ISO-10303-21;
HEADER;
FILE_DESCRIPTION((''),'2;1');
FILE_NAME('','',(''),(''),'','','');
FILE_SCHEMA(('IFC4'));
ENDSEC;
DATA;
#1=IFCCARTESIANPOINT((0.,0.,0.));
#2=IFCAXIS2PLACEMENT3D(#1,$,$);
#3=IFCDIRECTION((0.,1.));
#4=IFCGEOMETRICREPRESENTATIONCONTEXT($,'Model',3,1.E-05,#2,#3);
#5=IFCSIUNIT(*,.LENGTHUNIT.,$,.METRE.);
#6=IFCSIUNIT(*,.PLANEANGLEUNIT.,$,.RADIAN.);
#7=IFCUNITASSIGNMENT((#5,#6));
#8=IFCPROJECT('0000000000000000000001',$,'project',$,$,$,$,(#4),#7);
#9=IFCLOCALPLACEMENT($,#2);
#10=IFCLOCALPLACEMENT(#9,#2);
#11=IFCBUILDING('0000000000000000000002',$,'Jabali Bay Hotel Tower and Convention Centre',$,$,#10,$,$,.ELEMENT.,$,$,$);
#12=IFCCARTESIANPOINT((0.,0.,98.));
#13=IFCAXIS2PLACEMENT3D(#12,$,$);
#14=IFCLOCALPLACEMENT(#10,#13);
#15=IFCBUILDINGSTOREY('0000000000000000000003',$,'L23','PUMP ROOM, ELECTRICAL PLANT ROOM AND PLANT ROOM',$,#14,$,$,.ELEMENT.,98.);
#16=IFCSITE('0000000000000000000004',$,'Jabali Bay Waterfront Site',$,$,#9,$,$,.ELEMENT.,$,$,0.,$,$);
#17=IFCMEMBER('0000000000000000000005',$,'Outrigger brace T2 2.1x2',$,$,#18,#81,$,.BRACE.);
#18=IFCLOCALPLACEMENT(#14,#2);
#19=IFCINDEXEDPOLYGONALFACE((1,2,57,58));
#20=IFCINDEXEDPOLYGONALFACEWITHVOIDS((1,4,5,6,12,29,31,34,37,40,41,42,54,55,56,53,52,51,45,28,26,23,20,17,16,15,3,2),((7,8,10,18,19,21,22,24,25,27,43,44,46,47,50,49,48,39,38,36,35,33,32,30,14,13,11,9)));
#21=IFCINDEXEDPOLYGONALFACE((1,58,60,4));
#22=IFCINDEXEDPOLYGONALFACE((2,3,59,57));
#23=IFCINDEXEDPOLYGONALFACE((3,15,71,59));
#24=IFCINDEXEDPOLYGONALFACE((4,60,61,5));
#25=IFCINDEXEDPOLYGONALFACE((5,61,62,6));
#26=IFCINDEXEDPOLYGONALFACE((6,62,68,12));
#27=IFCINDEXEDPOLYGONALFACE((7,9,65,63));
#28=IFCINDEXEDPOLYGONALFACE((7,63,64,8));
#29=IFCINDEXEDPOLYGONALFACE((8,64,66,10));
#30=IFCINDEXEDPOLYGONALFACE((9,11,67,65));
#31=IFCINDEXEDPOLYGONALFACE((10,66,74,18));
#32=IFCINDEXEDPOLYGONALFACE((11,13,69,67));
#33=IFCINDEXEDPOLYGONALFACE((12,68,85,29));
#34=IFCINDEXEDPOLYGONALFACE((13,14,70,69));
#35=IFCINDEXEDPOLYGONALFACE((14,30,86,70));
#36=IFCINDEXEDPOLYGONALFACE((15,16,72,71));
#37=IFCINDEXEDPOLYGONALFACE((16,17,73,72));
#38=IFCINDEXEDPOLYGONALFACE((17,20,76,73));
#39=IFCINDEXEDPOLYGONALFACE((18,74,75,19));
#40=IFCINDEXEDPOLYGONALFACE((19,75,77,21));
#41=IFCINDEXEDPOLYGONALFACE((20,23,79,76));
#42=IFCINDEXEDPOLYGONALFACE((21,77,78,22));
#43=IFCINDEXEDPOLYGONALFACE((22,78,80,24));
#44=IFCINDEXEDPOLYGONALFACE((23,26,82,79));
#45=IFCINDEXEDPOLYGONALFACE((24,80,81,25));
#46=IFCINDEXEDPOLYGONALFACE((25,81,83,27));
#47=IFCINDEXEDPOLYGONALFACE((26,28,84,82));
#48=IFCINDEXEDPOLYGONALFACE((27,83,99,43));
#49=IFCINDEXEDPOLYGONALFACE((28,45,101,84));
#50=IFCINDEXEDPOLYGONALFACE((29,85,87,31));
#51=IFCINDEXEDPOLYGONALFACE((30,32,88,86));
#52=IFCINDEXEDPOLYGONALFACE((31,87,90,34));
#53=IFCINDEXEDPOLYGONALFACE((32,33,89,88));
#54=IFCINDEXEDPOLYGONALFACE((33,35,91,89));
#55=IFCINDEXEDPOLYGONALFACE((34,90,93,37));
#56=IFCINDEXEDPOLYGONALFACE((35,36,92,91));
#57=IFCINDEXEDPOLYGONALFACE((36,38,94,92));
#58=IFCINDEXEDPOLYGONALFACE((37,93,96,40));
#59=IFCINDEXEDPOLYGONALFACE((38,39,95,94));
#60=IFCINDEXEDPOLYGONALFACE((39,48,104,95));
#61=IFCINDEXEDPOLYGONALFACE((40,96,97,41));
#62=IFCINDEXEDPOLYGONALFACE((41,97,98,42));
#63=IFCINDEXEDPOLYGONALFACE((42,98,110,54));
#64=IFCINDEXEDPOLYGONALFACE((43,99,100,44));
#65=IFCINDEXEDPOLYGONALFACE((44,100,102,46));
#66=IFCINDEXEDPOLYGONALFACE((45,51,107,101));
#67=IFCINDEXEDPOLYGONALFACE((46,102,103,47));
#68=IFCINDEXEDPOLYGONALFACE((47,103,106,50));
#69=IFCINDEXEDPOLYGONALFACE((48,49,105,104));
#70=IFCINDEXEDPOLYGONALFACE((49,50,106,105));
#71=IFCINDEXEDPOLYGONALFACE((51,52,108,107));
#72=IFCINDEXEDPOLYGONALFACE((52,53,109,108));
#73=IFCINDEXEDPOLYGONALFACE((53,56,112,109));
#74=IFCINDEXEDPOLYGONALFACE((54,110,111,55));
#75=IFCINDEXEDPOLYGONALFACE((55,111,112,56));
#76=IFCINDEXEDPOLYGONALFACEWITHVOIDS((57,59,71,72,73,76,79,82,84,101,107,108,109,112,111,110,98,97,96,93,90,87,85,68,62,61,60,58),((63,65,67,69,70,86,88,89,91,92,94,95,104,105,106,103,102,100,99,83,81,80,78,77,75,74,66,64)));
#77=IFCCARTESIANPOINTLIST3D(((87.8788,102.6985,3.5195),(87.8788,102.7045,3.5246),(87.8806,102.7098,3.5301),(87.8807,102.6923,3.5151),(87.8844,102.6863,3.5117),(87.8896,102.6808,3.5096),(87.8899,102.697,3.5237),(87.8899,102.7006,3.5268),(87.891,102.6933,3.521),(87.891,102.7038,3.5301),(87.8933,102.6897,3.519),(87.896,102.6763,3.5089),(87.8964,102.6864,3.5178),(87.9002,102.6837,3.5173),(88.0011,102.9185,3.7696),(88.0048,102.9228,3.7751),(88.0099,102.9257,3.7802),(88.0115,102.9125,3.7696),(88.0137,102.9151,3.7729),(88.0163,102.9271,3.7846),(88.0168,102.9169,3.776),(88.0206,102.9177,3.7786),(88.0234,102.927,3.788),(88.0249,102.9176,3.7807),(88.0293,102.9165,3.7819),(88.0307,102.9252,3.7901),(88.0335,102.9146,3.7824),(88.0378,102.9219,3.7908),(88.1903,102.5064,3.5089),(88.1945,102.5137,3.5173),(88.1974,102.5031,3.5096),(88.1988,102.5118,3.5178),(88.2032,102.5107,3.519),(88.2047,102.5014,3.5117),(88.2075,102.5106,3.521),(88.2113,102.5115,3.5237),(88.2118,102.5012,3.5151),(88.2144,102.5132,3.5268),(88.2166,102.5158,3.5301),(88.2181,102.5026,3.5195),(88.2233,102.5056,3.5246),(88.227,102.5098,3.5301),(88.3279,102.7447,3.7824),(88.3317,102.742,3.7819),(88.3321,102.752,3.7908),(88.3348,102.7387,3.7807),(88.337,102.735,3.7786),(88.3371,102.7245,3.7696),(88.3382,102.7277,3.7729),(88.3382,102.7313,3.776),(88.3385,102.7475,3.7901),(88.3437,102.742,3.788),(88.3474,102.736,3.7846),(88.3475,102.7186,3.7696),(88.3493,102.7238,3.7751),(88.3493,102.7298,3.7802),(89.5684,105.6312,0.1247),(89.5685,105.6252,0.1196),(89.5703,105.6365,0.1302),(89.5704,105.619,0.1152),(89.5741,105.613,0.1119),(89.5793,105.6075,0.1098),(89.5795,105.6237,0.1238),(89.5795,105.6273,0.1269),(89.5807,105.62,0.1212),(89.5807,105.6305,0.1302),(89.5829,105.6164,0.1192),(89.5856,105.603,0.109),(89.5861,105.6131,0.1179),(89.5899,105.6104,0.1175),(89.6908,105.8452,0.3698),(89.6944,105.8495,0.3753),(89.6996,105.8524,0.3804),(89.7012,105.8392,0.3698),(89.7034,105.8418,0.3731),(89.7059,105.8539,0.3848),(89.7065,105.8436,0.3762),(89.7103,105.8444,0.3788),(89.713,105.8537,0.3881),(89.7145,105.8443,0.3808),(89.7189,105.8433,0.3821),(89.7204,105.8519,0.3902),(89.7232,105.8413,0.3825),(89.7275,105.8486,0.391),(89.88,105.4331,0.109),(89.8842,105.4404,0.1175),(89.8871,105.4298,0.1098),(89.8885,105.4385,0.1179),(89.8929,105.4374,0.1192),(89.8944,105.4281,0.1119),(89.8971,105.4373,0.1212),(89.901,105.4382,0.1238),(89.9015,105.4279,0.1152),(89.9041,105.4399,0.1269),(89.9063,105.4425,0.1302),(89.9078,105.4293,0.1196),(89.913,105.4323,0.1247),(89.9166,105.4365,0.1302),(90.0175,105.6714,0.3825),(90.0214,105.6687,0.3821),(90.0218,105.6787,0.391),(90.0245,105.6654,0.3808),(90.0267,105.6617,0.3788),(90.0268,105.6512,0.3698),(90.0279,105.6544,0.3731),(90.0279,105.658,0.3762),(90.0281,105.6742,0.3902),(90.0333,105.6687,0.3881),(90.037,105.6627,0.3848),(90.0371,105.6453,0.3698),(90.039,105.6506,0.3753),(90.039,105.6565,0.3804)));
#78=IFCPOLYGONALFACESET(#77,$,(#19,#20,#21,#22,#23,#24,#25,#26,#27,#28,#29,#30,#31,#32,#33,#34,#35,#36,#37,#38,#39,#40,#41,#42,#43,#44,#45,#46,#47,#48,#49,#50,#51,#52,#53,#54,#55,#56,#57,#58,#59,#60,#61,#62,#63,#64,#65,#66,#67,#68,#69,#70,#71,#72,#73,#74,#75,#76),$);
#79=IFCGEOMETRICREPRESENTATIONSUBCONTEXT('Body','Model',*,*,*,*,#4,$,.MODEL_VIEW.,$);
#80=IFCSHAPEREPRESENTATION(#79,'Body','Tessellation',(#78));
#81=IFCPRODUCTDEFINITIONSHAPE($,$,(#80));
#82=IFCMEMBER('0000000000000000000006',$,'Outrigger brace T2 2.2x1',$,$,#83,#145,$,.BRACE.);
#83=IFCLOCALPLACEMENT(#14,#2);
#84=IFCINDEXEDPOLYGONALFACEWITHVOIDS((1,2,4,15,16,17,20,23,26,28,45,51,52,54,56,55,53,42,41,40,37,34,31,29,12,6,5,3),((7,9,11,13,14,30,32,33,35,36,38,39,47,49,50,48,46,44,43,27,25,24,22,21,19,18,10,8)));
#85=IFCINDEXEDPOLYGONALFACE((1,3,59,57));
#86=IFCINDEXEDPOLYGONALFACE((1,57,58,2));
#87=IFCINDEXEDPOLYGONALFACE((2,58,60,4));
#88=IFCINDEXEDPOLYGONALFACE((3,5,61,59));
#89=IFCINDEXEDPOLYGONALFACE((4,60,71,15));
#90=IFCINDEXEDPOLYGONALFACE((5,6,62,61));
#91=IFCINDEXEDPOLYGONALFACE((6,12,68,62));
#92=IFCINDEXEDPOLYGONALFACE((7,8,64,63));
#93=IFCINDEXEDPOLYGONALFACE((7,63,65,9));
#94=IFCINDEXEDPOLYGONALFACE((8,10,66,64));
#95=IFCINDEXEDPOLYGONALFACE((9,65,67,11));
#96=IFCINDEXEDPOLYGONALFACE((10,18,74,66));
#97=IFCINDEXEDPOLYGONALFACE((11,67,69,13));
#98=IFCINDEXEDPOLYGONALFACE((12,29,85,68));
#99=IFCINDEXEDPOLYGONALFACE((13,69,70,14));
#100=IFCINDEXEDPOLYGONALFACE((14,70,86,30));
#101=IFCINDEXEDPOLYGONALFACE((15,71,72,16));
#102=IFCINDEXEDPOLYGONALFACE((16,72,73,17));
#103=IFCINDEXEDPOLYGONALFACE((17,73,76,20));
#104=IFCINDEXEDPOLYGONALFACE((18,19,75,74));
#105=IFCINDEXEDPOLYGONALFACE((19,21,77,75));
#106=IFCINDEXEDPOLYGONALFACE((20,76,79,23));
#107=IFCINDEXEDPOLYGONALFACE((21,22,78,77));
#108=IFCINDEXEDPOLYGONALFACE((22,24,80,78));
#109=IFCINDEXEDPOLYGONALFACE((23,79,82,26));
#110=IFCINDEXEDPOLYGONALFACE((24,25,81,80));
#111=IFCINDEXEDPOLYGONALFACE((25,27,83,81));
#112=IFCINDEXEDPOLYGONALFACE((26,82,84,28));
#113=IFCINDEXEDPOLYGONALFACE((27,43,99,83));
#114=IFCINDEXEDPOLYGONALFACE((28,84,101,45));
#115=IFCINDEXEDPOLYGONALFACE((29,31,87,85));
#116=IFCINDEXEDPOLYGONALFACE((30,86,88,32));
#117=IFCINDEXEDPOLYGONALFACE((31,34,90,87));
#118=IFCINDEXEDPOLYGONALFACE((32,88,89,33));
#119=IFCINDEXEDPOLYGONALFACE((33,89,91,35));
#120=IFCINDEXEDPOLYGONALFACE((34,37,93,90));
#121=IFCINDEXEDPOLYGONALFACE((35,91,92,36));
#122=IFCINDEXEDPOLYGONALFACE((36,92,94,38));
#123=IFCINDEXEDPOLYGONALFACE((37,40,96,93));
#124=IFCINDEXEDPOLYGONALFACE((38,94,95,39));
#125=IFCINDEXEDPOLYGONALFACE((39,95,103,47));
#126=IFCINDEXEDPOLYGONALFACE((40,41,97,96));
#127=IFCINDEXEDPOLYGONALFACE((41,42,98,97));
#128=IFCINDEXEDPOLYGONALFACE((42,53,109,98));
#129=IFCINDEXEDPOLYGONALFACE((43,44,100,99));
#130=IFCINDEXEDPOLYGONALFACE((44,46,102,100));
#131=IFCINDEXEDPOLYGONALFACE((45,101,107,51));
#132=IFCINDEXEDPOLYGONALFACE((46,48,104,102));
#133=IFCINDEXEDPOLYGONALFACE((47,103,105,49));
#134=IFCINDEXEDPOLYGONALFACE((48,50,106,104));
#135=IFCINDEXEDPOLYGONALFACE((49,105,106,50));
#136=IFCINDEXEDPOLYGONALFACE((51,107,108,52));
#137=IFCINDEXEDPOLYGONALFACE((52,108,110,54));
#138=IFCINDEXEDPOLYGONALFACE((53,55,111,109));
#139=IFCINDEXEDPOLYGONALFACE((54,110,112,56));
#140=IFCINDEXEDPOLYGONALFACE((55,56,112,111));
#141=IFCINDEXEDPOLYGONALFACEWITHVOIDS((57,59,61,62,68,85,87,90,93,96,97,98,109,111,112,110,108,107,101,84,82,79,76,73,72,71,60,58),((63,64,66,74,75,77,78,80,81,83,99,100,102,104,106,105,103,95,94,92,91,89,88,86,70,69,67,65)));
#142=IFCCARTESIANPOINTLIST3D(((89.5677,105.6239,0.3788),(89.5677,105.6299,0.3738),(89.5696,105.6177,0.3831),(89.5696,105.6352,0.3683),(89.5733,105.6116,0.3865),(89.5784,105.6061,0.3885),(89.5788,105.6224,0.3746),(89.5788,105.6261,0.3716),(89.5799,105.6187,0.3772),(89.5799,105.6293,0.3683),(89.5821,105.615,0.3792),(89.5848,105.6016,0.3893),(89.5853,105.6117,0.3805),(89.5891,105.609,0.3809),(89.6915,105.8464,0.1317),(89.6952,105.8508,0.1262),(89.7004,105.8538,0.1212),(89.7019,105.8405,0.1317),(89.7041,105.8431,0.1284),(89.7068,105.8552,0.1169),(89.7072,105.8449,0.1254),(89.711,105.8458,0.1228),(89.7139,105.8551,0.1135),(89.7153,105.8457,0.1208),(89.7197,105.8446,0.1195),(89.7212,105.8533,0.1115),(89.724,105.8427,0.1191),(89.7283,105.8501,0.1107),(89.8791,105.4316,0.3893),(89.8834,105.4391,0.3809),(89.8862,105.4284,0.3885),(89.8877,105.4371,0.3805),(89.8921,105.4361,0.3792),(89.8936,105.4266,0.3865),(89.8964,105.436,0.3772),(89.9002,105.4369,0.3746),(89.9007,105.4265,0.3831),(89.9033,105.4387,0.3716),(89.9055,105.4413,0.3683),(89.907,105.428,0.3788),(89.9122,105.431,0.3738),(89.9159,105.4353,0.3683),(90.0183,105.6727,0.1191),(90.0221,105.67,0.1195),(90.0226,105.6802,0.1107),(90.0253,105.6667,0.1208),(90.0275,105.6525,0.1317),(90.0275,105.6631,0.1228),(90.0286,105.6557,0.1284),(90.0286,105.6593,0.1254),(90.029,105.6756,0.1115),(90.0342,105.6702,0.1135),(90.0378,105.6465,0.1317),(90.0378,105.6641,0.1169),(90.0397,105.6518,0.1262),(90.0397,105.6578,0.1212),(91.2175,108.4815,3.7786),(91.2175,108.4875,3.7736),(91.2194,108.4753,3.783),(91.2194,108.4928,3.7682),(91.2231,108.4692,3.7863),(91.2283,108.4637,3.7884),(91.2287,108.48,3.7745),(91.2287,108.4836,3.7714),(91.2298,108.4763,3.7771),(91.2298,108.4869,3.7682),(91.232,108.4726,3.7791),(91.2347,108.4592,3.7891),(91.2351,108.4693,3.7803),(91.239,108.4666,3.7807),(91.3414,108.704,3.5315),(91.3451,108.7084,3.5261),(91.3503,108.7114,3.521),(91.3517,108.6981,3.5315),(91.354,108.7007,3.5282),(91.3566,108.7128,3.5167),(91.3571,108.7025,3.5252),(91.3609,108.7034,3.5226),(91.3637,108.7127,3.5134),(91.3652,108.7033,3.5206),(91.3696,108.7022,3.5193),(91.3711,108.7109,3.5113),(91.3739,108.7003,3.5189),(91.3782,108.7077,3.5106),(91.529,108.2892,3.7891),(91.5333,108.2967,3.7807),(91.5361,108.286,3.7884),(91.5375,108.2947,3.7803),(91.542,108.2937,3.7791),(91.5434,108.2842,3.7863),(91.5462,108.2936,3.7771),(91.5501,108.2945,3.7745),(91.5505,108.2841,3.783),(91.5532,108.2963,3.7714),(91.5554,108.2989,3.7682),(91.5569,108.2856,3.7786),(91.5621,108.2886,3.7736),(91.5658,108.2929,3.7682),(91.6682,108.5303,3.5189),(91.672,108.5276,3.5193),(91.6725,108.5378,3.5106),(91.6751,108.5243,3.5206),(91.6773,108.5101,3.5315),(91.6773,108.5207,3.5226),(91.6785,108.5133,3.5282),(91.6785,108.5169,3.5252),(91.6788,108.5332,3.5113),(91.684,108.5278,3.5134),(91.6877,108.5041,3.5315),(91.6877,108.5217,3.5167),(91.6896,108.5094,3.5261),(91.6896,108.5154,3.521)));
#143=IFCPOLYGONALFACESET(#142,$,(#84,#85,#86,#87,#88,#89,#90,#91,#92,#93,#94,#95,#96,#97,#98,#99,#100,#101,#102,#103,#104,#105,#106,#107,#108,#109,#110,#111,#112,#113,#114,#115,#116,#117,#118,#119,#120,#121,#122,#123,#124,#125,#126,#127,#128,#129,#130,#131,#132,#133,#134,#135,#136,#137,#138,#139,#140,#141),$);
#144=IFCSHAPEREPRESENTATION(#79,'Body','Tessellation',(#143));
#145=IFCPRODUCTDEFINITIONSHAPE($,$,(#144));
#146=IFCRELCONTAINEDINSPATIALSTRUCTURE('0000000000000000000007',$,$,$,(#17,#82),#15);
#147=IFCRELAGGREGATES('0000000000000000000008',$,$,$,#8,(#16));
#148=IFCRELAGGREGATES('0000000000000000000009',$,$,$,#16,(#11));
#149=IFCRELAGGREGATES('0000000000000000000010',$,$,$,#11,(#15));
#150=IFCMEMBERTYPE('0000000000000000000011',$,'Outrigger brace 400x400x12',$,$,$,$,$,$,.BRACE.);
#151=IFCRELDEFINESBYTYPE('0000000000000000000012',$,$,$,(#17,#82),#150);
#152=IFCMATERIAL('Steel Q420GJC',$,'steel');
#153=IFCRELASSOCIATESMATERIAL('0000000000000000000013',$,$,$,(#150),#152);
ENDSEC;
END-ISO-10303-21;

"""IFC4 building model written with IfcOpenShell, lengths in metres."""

from ifc_helpers import new_model, si_unit, direction, frame, origin, origin_2d, place, context, subcontext, project, spatial, hollow_rectangle, extrude, material, material_profile, profile_set, type_object, element, save


model = new_model("IFC4")

# Units and contexts
model_context = context("Model", 3, precision=1e-05, world=origin(), true_north=direction((0.0, 1.0)))
body_context = subcontext(model_context, "Body", "Model", "MODEL_VIEW")
ifc_project = project(units=[si_unit("LENGTHUNIT", "METRE"), si_unit("PLANEANGLEUNIT", "RADIAN")], contexts=[model_context])

# Site, building, storey
site_placement = place(None, origin())
site = spatial("IfcSite", under=ifc_project, at=site_placement, Name="Jabali Bay Waterfront Site", CompositionType="ELEMENT", RefElevation=0.0)
building_placement = place(site_placement, origin())
building = spatial("IfcBuilding", under=site, at=building_placement, Name="Jabali Bay Hotel Tower and Convention Centre", CompositionType="ELEMENT")
storey_placement = place(building_placement, frame((0.0, 0.0, 98.0)))
storey = spatial("IfcBuildingStorey", under=building, at=storey_placement, Name="L23", Description="PUMP ROOM, ELECTRICAL PLANT ROOM AND PLANT ROOM", CompositionType="ELEMENT", Elevation=98.0)

# Members
ifc_material_1 = material(Name="Steel Q420GJC", Category="steel")
ifc_material_profile_1 = material_profile(ifc_material_1, hollow_rectangle(XDim=0.3999, YDim=0.3999, WallThickness=0.012, InnerFilletRadius=0.0181, OuterFilletRadius=0.03, at=origin_2d()), Name="Outrigger brace 400x400x12")
ifc_profile_set_1 = profile_set([ifc_material_profile_1], Name="Steel Q420GJC")
member_type_1 = type_object("IfcMemberType", Name="Outrigger brace 400x400x12", PredefinedType="BRACE", material=ifc_profile_set_1)
member_1_placement = place(storey_placement, frame((89.8037, 105.6409, 0.25), z_axis=(-0.352477, -0.610532, 0.709232), x_axis=(0.866034, -0.499985, 0.0)))
element("IfcMember", 1, at=member_1_placement, inside=storey, type_object=member_type_1, Name="Outrigger brace T2 2.1x2", PredefinedType="BRACE", context=body_context, shape_type="SweptSolid", body=[
    extrude(hollow_rectangle(XDim=0.3999, YDim=0.3999, WallThickness=0.012, InnerFilletRadius=0.0181, OuterFilletRadius=0.03, at=origin_2d()), origin(), (0.0, 0.0, 1.0), 4.7937),
])
member_2_placement = place(storey_placement, frame((89.8037, 105.6409, 0.25), z_axis=(0.348234, 0.603149, 0.717596), x_axis=(-0.866022, 0.500006, 0.0)))
element("IfcMember", 2, at=member_2_placement, inside=storey, type_object=member_type_1, Name="Outrigger brace T2 2.2x1", PredefinedType="BRACE", context=body_context, shape_type="SweptSolid", body=[
    extrude(hollow_rectangle(XDim=0.3999, YDim=0.3999, WallThickness=0.012, InnerFilletRadius=0.0181, OuterFilletRadius=0.03, at=origin_2d()), origin(), (0.0, 0.0, 1.0), 4.7378),
])

save(model, "model.ifc")
